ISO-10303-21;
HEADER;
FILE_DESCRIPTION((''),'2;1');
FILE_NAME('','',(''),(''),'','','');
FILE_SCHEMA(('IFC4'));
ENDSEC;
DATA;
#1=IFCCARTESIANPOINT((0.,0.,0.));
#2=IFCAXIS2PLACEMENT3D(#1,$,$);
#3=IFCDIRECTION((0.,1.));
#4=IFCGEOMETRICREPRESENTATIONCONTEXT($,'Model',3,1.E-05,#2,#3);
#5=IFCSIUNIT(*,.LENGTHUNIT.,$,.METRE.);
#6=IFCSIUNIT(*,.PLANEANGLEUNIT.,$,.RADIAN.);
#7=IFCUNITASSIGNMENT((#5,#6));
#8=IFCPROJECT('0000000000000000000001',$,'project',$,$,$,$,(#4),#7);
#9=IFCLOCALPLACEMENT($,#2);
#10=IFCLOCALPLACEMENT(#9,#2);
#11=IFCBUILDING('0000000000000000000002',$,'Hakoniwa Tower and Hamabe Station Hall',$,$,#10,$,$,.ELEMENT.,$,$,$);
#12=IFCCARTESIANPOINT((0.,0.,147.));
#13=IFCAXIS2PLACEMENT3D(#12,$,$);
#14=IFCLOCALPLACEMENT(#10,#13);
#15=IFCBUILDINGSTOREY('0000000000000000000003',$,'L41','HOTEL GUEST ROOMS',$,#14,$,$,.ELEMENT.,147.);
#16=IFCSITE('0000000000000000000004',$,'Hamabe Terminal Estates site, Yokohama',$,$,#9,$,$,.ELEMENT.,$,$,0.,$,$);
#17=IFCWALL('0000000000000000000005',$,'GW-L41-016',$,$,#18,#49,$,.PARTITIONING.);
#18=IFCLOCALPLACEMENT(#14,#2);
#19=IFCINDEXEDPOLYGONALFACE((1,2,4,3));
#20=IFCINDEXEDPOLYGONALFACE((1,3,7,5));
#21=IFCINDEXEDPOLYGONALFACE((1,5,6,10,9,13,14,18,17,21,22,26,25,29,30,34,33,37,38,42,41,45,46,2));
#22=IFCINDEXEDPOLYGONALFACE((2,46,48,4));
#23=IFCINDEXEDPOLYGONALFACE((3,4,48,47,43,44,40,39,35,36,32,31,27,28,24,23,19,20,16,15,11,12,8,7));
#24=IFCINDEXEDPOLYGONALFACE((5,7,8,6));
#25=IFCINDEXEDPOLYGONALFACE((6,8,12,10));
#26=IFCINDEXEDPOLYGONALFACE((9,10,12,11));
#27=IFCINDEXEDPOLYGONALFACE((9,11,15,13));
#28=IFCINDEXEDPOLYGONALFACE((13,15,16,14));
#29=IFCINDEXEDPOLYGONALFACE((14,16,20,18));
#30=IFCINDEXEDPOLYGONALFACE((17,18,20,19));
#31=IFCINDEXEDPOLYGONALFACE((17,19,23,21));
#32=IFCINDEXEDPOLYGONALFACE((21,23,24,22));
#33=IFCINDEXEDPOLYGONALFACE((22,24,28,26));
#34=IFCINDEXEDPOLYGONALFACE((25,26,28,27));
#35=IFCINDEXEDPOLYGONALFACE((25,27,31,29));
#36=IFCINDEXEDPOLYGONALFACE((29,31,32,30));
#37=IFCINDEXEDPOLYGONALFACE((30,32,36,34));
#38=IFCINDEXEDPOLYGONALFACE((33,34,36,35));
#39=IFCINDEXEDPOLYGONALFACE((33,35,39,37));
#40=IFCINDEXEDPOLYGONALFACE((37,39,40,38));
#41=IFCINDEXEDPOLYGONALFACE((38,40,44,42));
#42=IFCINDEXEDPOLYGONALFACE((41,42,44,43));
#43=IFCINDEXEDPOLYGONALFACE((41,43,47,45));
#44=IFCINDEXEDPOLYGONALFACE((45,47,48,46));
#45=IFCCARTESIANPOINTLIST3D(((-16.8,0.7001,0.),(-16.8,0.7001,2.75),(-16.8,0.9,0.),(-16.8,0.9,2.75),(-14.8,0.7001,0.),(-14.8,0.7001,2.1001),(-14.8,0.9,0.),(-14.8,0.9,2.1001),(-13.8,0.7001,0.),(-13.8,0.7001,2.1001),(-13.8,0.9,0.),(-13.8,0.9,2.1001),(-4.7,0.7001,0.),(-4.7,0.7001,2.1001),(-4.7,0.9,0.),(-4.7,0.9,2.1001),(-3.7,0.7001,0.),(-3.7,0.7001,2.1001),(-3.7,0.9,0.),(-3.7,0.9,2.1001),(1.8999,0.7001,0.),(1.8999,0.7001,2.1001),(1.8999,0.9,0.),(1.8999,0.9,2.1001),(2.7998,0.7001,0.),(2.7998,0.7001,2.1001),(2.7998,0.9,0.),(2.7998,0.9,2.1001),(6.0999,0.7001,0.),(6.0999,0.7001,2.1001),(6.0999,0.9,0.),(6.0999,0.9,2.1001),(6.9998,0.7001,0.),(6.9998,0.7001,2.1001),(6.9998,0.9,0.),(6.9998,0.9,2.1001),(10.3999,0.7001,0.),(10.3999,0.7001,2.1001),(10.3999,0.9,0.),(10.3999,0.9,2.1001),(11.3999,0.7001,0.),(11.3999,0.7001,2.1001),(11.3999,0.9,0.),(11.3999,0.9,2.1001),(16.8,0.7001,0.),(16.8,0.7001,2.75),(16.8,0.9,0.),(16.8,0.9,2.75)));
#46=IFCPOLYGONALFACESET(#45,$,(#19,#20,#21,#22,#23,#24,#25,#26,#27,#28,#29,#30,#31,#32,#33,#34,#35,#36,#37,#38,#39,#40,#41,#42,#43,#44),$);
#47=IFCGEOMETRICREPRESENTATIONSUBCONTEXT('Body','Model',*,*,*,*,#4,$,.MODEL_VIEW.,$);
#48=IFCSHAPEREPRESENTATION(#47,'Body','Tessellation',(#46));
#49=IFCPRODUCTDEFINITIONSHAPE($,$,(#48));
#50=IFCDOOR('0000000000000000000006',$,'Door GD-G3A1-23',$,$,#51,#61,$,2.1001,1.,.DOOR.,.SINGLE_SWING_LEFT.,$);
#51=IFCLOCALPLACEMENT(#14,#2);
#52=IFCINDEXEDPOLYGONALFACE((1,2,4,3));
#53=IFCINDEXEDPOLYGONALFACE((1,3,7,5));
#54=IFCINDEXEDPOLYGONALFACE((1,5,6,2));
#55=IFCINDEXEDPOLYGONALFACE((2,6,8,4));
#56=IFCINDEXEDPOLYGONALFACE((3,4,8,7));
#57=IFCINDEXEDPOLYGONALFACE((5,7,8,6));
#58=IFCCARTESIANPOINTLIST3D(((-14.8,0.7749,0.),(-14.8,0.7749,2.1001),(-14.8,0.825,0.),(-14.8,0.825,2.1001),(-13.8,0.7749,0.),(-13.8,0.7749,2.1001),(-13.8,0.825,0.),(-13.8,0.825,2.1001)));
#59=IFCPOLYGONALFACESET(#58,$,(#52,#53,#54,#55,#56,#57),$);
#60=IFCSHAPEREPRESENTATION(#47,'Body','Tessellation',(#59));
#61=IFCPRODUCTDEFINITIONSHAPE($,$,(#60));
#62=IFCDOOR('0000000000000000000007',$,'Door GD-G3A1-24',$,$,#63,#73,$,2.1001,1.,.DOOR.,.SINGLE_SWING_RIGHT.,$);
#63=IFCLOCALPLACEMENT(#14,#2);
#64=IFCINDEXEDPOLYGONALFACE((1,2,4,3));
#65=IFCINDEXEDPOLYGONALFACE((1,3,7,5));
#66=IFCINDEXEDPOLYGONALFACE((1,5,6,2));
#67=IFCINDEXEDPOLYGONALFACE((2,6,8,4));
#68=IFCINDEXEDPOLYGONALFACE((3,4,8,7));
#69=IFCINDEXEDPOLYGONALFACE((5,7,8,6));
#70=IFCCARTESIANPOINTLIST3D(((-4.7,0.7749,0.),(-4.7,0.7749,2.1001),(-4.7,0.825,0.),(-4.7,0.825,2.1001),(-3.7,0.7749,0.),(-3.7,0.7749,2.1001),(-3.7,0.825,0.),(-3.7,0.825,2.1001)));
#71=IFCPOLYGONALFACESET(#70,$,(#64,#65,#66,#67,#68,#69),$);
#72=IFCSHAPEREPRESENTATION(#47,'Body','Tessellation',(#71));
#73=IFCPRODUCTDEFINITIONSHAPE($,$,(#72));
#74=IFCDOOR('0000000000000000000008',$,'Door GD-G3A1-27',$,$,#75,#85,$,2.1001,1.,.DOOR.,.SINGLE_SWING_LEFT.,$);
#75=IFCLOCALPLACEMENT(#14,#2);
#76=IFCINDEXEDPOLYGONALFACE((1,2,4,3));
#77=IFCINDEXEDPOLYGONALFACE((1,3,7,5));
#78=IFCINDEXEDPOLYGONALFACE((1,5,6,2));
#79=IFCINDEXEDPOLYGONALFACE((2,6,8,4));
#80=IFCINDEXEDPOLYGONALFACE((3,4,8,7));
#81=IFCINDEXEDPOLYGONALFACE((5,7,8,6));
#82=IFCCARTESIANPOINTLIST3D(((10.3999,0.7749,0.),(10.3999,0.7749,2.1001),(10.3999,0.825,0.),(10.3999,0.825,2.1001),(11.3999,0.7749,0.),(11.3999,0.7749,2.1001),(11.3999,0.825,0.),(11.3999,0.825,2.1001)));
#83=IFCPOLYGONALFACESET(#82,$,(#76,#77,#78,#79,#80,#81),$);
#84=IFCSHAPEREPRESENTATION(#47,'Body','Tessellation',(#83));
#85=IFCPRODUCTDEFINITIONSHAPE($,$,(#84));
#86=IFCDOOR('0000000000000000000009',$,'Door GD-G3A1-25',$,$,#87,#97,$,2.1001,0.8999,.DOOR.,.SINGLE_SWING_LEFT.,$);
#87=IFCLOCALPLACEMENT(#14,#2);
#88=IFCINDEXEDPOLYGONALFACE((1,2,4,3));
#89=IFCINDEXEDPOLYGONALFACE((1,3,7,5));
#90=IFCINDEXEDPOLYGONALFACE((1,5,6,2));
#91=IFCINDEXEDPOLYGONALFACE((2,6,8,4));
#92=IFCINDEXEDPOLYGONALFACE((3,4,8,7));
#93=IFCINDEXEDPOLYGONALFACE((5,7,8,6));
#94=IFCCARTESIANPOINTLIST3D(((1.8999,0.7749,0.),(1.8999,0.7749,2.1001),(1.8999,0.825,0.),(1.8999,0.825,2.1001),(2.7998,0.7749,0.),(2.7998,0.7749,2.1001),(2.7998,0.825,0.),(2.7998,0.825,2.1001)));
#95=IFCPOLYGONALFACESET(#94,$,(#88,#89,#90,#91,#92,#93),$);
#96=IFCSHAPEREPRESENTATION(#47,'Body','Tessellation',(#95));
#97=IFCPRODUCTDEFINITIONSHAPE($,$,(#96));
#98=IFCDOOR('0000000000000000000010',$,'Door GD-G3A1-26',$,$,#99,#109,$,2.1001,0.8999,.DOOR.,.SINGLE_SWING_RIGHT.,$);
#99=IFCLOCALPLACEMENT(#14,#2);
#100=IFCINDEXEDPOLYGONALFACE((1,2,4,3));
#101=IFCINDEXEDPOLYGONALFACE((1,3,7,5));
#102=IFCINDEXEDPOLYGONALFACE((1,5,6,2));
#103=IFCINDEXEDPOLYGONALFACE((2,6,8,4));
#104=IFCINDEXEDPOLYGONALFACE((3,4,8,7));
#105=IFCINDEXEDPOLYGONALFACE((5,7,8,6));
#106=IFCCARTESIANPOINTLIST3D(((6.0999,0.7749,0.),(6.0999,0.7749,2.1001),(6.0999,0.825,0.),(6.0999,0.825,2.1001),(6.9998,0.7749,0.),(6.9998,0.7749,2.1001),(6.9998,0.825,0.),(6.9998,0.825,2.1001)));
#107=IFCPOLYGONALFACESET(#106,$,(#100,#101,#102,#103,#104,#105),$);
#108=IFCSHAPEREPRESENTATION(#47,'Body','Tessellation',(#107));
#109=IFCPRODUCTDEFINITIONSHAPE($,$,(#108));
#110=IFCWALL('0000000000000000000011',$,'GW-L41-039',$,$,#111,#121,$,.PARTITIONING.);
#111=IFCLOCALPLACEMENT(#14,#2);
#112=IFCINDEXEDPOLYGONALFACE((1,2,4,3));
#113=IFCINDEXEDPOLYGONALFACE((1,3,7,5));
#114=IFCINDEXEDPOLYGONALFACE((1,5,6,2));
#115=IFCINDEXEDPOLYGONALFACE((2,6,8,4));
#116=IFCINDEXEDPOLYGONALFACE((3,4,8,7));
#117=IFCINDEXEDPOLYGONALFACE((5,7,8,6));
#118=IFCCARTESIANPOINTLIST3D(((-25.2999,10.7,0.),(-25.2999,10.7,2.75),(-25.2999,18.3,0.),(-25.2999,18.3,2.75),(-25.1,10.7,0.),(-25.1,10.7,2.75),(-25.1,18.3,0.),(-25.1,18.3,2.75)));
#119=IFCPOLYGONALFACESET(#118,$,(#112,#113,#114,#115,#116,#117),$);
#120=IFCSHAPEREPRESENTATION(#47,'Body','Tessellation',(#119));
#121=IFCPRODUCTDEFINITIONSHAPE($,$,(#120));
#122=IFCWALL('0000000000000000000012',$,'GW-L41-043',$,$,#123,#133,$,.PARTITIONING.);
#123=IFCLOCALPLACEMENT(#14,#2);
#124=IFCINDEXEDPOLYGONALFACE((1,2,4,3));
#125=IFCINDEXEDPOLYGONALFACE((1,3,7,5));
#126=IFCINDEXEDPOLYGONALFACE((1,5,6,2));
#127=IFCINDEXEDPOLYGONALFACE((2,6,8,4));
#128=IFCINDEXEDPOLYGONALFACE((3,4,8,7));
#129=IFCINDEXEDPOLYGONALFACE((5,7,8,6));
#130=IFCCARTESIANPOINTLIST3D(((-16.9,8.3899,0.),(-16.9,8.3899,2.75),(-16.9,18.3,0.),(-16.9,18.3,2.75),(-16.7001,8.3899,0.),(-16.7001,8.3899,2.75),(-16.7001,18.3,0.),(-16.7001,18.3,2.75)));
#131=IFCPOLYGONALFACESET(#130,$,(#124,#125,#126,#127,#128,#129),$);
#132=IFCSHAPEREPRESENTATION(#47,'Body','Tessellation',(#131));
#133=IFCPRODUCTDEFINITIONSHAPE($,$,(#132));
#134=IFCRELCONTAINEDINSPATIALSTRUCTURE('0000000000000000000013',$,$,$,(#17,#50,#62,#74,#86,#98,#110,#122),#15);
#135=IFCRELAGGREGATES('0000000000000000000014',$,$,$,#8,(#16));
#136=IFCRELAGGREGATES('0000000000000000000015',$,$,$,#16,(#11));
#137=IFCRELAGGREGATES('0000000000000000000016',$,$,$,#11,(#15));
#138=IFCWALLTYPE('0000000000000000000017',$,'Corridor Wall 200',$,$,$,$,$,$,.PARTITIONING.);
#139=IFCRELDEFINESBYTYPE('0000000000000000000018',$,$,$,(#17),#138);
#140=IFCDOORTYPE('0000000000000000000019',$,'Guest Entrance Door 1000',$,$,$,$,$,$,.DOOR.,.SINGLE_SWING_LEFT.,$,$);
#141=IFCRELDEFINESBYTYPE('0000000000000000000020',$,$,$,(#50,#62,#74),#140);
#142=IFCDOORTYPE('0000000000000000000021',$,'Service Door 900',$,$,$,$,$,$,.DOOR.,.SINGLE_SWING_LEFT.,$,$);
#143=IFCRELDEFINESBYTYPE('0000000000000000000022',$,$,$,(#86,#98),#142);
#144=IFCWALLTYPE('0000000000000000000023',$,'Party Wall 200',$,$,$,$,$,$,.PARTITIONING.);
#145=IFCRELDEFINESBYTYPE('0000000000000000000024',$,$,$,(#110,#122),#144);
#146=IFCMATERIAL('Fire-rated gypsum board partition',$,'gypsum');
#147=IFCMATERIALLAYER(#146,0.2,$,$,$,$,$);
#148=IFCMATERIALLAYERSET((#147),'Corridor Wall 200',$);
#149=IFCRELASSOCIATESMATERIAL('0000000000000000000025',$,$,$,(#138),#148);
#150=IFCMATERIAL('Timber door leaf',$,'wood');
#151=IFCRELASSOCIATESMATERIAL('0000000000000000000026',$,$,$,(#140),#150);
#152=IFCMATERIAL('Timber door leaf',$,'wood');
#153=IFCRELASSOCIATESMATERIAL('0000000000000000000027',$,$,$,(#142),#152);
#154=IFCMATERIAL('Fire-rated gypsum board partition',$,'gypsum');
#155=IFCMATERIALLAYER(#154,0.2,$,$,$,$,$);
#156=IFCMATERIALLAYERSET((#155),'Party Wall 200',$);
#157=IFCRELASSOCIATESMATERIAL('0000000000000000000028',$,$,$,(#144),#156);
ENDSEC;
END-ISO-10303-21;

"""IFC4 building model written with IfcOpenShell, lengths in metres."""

from ifc_helpers import new_model, si_unit, direction, frame, frame_2d, origin, place, context, subcontext, project, spatial, rectangle, extrude, material, layer, layer_set, type_object, element, fill, save


model = new_model("IFC4")

# Units and contexts
model_context = context("Model", 3, precision=1e-05, world=origin(), true_north=direction((0.0, 1.0)))
body_context = subcontext(model_context, "Body", "Model", "MODEL_VIEW")
ifc_project = project(units=[si_unit("LENGTHUNIT", "METRE"), si_unit("PLANEANGLEUNIT", "RADIAN")], contexts=[model_context])

# Site, building, storey
site_placement = place(None, origin())
site = spatial("IfcSite", under=ifc_project, at=site_placement, Name="Hamabe Terminal Estates site, Yokohama", CompositionType="ELEMENT", RefElevation=0.0)
building_placement = place(site_placement, origin())
building = spatial("IfcBuilding", under=site, at=building_placement, Name="Hakoniwa Tower and Hamabe Station Hall", CompositionType="ELEMENT")
storey_placement = place(building_placement, frame((0.0, 0.0, 147.0)))
storey = spatial("IfcBuildingStorey", under=building, at=storey_placement, Name="L41", Description="HOTEL GUEST ROOMS", CompositionType="ELEMENT", Elevation=147.0)

# Wall, openings, doors
ifc_material_1 = material(Name="Fire-rated gypsum board partition", Category="gypsum")
ifc_layer_1 = layer(ifc_material_1, 0.2)
ifc_layer_set_1 = layer_set([ifc_layer_1], Name="Corridor Wall 200")
wall_type_1 = type_object("IfcWallType", Name="Corridor Wall 200", PredefinedType="PARTITIONING", material=ifc_layer_set_1)
wall_1_placement = place(storey_placement, frame((-16.8, 0.8, 0.0), z_axis=(0.0, 0.0, 1.0), x_axis=(1.0, 0.0, 0.0)))
wall_1 = element("IfcWall", 1, at=wall_1_placement, inside=storey, type_object=wall_type_1, Name="GW-L41-016", PredefinedType="PARTITIONING", context=body_context, shape_type="SweptSolid", body=[
    extrude(rectangle(XDim=33.6001, YDim=0.2, at=frame_2d((16.8, 0.0))), origin(), (0.0, 0.0, 1.0), 2.75),
])
opening_1_placement = place(wall_1_placement, frame((2.0, 0.0, 0.0)))
opening_1 = element("IfcOpeningElement", 2, at=opening_1_placement, cuts=wall_1, PredefinedType="OPENING", context=body_context, shape_type="SweptSolid", body=[
    extrude(rectangle(XDim=1.0, YDim=2.1001, at=frame_2d((0.5, 1.05))), frame((0.0, 0.1099, 0.0), z_axis=(0.0, -1.0, 0.0), x_axis=(1.0, 0.0, 0.0)), (0.0, 0.0, 1.0), 0.22),
])
opening_2_placement = place(wall_1_placement, frame((12.1001, 0.0, 0.0)))
opening_2 = element("IfcOpeningElement", 3, at=opening_2_placement, cuts=wall_1, PredefinedType="OPENING", context=body_context, shape_type="SweptSolid", body=[
    extrude(rectangle(XDim=1.0, YDim=2.1001, at=frame_2d((0.5, 1.05))), frame((0.0, 0.1099, 0.0), z_axis=(0.0, -1.0, 0.0), x_axis=(1.0, 0.0, 0.0)), (0.0, 0.0, 1.0), 0.22),
])
opening_3_placement = place(wall_1_placement, frame((18.7, 0.0, 0.0)))
opening_3 = element("IfcOpeningElement", 4, at=opening_3_placement, cuts=wall_1, PredefinedType="OPENING", context=body_context, shape_type="SweptSolid", body=[
    extrude(rectangle(XDim=0.8999, YDim=2.1001, at=frame_2d((0.45, 1.05))), frame((0.0, 0.1099, 0.0), z_axis=(0.0, -1.0, 0.0), x_axis=(1.0, 0.0, 0.0)), (0.0, 0.0, 1.0), 0.22),
])
opening_4_placement = place(wall_1_placement, frame((22.8999, 0.0, 0.0)))
opening_4 = element("IfcOpeningElement", 5, at=opening_4_placement, cuts=wall_1, PredefinedType="OPENING", context=body_context, shape_type="SweptSolid", body=[
    extrude(rectangle(XDim=0.8999, YDim=2.1001, at=frame_2d((0.45, 1.05))), frame((0.0, 0.1099, 0.0), z_axis=(0.0, -1.0, 0.0), x_axis=(1.0, 0.0, 0.0)), (0.0, 0.0, 1.0), 0.22),
])
opening_5_placement = place(wall_1_placement, frame((27.2, 0.0, 0.0)))
opening_5 = element("IfcOpeningElement", 6, at=opening_5_placement, cuts=wall_1, PredefinedType="OPENING", context=body_context, shape_type="SweptSolid", body=[
    extrude(rectangle(XDim=1.0, YDim=2.1001, at=frame_2d((0.5, 1.05))), frame((0.0, 0.1099, 0.0), z_axis=(0.0, -1.0, 0.0), x_axis=(1.0, 0.0, 0.0)), (0.0, 0.0, 1.0), 0.22),
])
ifc_material_2 = material(Name="Timber door leaf", Category="wood")
door_type_1 = type_object("IfcDoorType", Name="Guest Entrance Door 1000", OperationType="SINGLE_SWING_LEFT", PredefinedType="DOOR", material=ifc_material_2)
door_1_placement = place(opening_1_placement, origin())
door_1 = element("IfcDoor", 7, at=door_1_placement, inside=storey, type_object=door_type_1, Name="Door GD-G3A1-23", OperationType="SINGLE_SWING_LEFT", OverallHeight=2.1001, OverallWidth=1.0, PredefinedType="DOOR", context=body_context, shape_type="SweptSolid", body=[
    extrude(rectangle(XDim=1.0, YDim=2.1001, at=frame_2d((0.5, 1.05))), frame((0.0, 0.0249, 0.0), z_axis=(0.0, -1.0, 0.0), x_axis=(1.0, 0.0, 0.0)), (0.0, 0.0, 1.0), 0.05),
])
fill(opening_1, door_1)
door_2_placement = place(opening_2_placement, origin())
door_2 = element("IfcDoor", 8, at=door_2_placement, inside=storey, type_object=door_type_1, Name="Door GD-G3A1-24", OperationType="SINGLE_SWING_RIGHT", OverallHeight=2.1001, OverallWidth=1.0, PredefinedType="DOOR", context=body_context, shape_type="SweptSolid", body=[
    extrude(rectangle(XDim=1.0, YDim=2.1001, at=frame_2d((0.5, 1.05))), frame((0.0, 0.0249, 0.0), z_axis=(0.0, -1.0, 0.0), x_axis=(1.0, 0.0, 0.0)), (0.0, 0.0, 1.0), 0.05),
])
fill(opening_2, door_2)
door_3_placement = place(opening_5_placement, origin())
door_3 = element("IfcDoor", 9, at=door_3_placement, inside=storey, type_object=door_type_1, Name="Door GD-G3A1-27", OperationType="SINGLE_SWING_LEFT", OverallHeight=2.1001, OverallWidth=1.0, PredefinedType="DOOR", context=body_context, shape_type="SweptSolid", body=[
    extrude(rectangle(XDim=1.0, YDim=2.1001, at=frame_2d((0.5, 1.05))), frame((0.0, 0.0249, 0.0), z_axis=(0.0, -1.0, 0.0), x_axis=(1.0, 0.0, 0.0)), (0.0, 0.0, 1.0), 0.05),
])
fill(opening_5, door_3)
ifc_material_3 = material(Name="Timber door leaf", Category="wood")
door_type_2 = type_object("IfcDoorType", Name="Service Door 900", OperationType="SINGLE_SWING_LEFT", PredefinedType="DOOR", material=ifc_material_3)
door_4_placement = place(opening_3_placement, origin())
door_4 = element("IfcDoor", 10, at=door_4_placement, inside=storey, type_object=door_type_2, Name="Door GD-G3A1-25", OperationType="SINGLE_SWING_LEFT", OverallHeight=2.1001, OverallWidth=0.8999, PredefinedType="DOOR", context=body_context, shape_type="SweptSolid", body=[
    extrude(rectangle(XDim=0.8999, YDim=2.1001, at=frame_2d((0.45, 1.05))), frame((0.0, 0.0249, 0.0), z_axis=(0.0, -1.0, 0.0), x_axis=(1.0, 0.0, 0.0)), (0.0, 0.0, 1.0), 0.05),
])
fill(opening_3, door_4)
door_5_placement = place(opening_4_placement, origin())
door_5 = element("IfcDoor", 11, at=door_5_placement, inside=storey, type_object=door_type_2, Name="Door GD-G3A1-26", OperationType="SINGLE_SWING_RIGHT", OverallHeight=2.1001, OverallWidth=0.8999, PredefinedType="DOOR", context=body_context, shape_type="SweptSolid", body=[
    extrude(rectangle(XDim=0.8999, YDim=2.1001, at=frame_2d((0.45, 1.05))), frame((0.0, 0.0249, 0.0), z_axis=(0.0, -1.0, 0.0), x_axis=(1.0, 0.0, 0.0)), (0.0, 0.0, 1.0), 0.05),
])
fill(opening_4, door_5)

# Walls
ifc_material_4 = material(Name="Fire-rated gypsum board partition", Category="gypsum")
ifc_layer_2 = layer(ifc_material_4, 0.2)
ifc_layer_set_2 = layer_set([ifc_layer_2], Name="Party Wall 200")
wall_type_2 = type_object("IfcWallType", Name="Party Wall 200", PredefinedType="PARTITIONING", material=ifc_layer_set_2)
wall_2_placement = place(storey_placement, frame((-25.2, 10.7, 0.0), z_axis=(0.0, 0.0, 1.0), x_axis=(0.0, 1.0, 0.0)))
element("IfcWall", 12, at=wall_2_placement, inside=storey, type_object=wall_type_2, Name="GW-L41-039", PredefinedType="PARTITIONING", context=body_context, shape_type="SweptSolid", body=[
    extrude(rectangle(XDim=7.6001, YDim=0.2, at=frame_2d((3.8, 0.0))), origin(), (0.0, 0.0, 1.0), 2.75),
])
wall_3_placement = place(storey_placement, frame((-16.8, 8.3899, 0.0), z_axis=(0.0, 0.0, 1.0), x_axis=(0.0, 1.0, 0.0)))
element("IfcWall", 13, at=wall_3_placement, inside=storey, type_object=wall_type_2, Name="GW-L41-043", PredefinedType="PARTITIONING", context=body_context, shape_type="SweptSolid", body=[
    extrude(rectangle(XDim=9.9102, YDim=0.2, at=frame_2d((4.9551, 0.0))), origin(), (0.0, 0.0, 1.0), 2.75),
])

save(model, "model.ifc")
